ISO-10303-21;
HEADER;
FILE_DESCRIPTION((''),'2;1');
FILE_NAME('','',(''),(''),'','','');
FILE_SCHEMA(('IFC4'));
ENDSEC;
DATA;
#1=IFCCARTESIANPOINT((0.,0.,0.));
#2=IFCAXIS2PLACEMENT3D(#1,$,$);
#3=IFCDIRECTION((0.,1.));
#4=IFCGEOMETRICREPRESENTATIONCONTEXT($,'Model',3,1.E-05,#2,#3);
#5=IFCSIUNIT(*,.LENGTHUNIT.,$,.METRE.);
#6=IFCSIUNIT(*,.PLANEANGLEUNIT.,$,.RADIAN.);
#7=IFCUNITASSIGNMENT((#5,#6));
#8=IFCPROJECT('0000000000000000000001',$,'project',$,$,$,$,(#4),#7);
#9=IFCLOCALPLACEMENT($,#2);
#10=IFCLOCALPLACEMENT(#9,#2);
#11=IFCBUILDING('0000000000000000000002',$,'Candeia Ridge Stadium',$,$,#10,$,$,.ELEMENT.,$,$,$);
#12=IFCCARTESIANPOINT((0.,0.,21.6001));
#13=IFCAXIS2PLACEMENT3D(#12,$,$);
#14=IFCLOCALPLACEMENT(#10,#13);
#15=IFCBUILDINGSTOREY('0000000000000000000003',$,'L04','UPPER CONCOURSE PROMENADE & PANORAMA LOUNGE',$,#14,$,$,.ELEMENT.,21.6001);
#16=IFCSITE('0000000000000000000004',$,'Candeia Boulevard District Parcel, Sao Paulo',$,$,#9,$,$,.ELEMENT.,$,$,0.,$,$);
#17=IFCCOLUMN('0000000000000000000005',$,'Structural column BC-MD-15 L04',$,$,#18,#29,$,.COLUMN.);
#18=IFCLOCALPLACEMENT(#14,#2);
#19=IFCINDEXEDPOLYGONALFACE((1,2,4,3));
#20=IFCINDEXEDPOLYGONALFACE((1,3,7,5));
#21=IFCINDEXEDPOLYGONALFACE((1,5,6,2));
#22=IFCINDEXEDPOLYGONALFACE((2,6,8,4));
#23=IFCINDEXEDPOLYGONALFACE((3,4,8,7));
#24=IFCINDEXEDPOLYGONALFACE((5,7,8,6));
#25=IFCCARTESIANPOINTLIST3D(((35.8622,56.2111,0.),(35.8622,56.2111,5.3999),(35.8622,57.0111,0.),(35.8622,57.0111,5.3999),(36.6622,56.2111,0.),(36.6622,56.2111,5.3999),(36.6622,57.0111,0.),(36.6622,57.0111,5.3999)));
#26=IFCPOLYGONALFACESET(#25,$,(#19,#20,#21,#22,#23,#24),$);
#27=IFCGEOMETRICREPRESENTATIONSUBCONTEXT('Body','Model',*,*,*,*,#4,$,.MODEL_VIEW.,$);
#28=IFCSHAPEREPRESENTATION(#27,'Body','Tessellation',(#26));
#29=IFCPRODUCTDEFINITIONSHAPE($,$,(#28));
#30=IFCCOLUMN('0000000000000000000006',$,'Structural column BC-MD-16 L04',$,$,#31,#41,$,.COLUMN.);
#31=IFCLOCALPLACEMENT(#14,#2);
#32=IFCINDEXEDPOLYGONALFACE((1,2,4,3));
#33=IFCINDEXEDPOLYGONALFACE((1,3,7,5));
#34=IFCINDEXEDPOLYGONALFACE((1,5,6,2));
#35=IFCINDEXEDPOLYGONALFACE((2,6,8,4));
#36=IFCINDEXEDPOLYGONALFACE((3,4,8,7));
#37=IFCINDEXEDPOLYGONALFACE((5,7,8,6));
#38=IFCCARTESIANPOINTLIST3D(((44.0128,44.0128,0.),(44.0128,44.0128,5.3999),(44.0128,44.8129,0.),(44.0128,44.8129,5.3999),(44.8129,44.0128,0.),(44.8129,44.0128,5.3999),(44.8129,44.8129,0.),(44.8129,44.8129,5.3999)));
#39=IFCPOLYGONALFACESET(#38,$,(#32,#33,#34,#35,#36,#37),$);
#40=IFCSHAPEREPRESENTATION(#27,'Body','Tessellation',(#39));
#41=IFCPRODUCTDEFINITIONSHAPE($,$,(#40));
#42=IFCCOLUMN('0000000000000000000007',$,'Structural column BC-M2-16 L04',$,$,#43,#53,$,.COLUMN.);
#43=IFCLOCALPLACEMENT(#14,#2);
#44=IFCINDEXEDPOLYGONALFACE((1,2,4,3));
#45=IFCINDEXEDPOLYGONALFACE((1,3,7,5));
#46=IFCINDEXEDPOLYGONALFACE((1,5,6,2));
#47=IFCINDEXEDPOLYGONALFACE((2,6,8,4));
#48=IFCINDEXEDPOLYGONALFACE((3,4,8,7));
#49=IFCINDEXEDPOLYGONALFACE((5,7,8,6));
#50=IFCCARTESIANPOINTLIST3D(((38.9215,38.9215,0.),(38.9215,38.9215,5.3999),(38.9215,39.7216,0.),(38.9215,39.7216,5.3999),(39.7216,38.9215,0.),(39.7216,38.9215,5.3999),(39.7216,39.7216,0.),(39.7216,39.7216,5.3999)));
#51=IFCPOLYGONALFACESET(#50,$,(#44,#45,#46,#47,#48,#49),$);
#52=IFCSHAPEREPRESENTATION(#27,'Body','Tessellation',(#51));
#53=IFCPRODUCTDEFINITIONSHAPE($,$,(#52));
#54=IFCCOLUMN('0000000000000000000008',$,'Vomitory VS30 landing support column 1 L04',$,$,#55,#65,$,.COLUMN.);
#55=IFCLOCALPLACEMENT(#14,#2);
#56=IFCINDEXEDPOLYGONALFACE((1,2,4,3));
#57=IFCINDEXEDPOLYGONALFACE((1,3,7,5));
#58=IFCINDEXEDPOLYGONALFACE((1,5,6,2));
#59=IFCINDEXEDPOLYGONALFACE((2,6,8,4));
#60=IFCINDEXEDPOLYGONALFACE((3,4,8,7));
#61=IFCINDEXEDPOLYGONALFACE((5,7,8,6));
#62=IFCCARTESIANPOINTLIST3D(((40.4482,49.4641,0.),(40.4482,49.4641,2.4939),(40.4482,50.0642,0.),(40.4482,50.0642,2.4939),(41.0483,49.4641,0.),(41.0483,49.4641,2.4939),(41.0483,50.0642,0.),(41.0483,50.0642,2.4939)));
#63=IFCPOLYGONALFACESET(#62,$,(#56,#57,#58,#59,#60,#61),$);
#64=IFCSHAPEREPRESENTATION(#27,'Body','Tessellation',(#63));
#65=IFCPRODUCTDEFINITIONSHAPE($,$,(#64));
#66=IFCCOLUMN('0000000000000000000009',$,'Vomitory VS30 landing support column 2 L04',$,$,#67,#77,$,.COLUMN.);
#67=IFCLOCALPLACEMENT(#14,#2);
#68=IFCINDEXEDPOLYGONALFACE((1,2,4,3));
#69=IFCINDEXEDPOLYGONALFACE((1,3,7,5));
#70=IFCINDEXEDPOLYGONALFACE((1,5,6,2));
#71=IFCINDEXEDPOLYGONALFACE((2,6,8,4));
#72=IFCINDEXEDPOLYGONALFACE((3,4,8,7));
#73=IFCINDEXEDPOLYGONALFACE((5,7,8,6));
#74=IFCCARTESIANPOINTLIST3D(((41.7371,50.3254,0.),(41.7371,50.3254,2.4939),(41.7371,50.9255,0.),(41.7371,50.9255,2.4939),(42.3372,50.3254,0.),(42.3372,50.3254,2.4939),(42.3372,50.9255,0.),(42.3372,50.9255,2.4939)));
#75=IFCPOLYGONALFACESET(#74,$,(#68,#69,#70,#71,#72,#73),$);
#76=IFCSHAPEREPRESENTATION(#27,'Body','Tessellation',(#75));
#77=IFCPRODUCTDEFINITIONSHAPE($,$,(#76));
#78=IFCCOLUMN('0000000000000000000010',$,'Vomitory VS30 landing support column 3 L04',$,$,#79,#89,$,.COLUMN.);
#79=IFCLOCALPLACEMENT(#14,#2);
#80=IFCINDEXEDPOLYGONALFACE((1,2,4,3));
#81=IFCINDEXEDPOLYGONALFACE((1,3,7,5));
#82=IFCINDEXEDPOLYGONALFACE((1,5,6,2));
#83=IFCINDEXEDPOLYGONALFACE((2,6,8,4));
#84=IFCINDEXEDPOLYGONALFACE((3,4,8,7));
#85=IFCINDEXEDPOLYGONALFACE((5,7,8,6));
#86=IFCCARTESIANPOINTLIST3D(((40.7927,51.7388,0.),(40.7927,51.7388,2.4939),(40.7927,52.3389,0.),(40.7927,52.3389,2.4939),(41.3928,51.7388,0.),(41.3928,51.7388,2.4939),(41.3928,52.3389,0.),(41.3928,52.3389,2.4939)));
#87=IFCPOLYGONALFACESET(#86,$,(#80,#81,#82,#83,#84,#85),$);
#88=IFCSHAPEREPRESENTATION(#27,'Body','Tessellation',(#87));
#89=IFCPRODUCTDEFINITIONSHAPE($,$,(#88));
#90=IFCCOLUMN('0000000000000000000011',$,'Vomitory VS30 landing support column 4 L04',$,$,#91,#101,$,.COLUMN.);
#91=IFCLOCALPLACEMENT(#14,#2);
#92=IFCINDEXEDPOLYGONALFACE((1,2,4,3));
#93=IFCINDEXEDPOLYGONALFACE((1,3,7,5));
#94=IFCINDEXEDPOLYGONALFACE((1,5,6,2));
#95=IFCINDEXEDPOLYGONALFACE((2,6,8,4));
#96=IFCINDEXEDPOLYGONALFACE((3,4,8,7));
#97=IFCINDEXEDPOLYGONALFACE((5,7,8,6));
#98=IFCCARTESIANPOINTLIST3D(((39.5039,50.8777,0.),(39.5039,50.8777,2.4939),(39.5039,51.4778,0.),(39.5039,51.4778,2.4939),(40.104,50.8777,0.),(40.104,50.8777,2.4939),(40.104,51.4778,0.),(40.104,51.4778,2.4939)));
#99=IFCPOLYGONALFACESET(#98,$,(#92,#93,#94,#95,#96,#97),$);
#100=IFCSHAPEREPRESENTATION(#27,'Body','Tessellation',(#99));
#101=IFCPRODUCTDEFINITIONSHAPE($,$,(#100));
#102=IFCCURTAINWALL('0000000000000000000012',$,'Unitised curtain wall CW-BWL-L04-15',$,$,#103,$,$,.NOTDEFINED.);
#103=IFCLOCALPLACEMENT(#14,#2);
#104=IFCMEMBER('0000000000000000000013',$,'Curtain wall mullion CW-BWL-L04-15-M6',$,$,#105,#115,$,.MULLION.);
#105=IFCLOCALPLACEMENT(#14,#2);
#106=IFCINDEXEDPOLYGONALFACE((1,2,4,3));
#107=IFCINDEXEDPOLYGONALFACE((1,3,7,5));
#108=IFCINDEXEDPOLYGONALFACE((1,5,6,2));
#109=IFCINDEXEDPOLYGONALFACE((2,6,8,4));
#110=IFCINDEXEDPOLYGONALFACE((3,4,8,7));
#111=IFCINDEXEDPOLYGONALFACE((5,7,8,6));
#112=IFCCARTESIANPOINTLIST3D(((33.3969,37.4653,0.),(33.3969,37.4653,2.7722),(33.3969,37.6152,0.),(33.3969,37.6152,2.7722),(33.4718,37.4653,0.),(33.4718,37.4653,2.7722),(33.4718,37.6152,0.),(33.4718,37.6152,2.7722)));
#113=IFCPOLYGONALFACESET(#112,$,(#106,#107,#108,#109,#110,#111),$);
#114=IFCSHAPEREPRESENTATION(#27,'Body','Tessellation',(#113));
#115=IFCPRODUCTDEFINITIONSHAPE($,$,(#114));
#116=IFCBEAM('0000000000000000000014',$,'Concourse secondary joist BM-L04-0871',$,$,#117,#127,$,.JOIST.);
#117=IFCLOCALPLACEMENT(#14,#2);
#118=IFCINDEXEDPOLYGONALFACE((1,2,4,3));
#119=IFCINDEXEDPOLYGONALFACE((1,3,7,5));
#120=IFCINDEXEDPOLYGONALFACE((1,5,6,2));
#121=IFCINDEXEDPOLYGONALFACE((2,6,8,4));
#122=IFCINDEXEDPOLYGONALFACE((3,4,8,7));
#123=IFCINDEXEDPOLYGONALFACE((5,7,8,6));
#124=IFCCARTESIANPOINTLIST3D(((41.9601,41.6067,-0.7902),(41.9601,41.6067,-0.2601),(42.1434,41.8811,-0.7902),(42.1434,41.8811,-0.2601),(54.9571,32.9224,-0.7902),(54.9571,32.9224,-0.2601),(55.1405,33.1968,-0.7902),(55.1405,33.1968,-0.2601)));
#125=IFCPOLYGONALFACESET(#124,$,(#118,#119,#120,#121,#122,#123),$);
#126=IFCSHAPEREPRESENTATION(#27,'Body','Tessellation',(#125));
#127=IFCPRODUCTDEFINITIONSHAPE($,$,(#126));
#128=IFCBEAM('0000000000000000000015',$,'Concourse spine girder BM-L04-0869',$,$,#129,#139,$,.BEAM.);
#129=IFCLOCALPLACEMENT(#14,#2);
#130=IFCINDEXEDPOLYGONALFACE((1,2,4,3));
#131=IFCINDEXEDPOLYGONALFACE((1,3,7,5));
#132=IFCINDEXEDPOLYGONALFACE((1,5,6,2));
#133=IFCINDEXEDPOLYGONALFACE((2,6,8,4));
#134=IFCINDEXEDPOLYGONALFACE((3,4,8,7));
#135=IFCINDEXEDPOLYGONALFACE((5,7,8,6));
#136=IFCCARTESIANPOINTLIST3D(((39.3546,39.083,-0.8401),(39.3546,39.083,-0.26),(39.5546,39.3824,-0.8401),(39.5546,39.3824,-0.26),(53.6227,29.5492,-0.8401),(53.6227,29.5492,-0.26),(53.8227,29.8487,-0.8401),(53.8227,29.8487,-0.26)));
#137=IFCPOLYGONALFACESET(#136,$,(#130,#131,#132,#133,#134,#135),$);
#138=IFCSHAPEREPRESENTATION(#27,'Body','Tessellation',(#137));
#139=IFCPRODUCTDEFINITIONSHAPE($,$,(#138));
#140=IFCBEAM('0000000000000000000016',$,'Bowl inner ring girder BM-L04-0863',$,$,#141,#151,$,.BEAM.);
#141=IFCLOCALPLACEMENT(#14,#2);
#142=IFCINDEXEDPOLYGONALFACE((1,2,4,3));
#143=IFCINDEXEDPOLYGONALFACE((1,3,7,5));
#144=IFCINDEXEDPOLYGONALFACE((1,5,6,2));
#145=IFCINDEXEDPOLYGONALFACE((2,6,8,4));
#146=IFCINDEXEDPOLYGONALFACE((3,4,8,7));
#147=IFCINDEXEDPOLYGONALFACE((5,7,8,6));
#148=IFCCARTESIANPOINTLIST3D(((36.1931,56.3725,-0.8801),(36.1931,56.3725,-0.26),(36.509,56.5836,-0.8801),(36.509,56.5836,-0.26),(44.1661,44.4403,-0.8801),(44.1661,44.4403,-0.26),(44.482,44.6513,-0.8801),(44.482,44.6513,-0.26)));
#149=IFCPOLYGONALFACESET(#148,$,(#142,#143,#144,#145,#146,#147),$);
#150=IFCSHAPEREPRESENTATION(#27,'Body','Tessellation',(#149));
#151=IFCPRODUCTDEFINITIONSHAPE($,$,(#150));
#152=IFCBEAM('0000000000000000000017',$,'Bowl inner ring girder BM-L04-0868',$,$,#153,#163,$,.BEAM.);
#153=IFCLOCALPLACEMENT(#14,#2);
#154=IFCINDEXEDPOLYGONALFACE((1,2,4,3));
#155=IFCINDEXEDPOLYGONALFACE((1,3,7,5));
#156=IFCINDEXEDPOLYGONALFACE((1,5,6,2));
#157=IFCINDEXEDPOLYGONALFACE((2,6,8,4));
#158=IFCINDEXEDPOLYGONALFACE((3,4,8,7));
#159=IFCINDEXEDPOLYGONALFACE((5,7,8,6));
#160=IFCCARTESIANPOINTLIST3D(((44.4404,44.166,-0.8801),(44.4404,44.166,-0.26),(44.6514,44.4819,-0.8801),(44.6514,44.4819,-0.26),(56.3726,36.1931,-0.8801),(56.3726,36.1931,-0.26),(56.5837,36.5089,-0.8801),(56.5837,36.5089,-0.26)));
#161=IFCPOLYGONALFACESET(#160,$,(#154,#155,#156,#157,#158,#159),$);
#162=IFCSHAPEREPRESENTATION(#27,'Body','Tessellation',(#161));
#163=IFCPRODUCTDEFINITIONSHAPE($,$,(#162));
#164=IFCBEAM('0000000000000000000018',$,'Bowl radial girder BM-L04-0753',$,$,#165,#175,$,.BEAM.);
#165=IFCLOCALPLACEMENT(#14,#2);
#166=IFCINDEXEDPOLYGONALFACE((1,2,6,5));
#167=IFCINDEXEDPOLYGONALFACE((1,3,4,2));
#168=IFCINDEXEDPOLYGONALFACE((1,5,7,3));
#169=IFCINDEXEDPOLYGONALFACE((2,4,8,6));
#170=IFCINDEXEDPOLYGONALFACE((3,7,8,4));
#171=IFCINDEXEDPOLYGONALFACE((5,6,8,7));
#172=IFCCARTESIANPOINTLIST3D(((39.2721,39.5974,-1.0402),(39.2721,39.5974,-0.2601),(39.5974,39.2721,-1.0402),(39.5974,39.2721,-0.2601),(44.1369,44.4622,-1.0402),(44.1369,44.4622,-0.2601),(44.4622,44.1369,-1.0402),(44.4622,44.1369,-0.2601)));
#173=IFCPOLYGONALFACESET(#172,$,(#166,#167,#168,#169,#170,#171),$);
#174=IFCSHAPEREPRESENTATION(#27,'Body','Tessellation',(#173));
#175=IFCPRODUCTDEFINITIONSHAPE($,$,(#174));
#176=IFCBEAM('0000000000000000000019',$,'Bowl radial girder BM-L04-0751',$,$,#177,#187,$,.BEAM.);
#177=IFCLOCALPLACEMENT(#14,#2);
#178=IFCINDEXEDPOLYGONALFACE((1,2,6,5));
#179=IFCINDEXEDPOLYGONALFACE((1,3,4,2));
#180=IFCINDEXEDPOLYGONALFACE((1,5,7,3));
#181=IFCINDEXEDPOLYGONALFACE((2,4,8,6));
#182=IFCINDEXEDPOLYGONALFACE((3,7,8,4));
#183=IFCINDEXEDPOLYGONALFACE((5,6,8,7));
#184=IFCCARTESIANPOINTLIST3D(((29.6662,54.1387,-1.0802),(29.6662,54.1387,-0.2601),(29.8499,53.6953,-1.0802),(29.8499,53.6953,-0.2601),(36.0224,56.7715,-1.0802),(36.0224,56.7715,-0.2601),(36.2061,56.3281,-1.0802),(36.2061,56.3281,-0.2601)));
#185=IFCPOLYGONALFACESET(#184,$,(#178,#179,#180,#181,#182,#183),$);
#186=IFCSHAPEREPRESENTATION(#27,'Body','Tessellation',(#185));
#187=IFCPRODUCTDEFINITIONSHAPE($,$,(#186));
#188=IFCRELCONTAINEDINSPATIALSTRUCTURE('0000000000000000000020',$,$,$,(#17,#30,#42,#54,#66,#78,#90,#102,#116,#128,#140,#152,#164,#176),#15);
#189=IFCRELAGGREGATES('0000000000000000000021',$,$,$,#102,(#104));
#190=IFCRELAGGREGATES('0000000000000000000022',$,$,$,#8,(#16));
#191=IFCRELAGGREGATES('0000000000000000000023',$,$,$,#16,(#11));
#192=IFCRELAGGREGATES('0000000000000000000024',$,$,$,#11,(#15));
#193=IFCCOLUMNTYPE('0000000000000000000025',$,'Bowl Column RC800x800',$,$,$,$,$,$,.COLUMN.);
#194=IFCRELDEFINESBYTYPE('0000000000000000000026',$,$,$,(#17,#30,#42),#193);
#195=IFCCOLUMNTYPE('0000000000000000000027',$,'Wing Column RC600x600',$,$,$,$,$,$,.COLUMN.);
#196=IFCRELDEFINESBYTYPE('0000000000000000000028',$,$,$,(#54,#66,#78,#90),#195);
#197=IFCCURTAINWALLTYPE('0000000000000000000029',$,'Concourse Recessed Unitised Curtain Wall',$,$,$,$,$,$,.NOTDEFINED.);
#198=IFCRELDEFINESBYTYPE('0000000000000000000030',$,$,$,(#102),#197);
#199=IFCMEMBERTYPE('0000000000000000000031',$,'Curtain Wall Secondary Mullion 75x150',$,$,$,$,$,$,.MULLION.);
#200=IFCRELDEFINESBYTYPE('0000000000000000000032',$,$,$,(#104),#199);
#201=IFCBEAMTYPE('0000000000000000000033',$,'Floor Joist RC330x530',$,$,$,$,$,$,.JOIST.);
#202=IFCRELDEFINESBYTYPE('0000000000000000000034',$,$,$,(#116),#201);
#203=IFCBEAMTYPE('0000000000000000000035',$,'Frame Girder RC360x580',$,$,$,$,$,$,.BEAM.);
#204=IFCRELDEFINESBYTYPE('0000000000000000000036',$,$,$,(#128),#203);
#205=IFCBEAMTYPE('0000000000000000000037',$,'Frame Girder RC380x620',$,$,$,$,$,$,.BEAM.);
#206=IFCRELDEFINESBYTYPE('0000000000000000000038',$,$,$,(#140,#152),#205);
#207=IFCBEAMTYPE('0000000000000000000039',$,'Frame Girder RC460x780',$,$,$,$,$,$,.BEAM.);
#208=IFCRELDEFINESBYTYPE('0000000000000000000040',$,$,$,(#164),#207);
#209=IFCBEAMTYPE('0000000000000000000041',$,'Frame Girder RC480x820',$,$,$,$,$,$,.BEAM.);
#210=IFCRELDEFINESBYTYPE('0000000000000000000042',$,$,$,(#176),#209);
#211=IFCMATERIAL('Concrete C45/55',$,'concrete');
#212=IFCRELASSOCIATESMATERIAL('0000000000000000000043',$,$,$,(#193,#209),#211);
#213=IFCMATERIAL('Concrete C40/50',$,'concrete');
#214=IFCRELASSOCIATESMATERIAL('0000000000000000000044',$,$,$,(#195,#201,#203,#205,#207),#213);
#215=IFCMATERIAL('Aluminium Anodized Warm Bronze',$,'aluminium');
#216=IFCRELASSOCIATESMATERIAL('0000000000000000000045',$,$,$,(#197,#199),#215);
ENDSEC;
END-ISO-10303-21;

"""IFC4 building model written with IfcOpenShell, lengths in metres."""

from ifc_helpers import new_model, si_unit, direction, frame, origin, origin_2d, place, context, subcontext, project, spatial, rectangle, extrude, material, material_profile, profile_set, type_object, element, aggregate, save


model = new_model("IFC4")

# Units and contexts
model_context = context("Model", 3, precision=1e-05, world=origin(), true_north=direction((0.0, 1.0)))
body_context = subcontext(model_context, "Body", "Model", "MODEL_VIEW")
ifc_project = project(units=[si_unit("LENGTHUNIT", "METRE"), si_unit("PLANEANGLEUNIT", "RADIAN")], contexts=[model_context])

# Site, building, storey
site_placement = place(None, origin())
site = spatial("IfcSite", under=ifc_project, at=site_placement, Name="Candeia Boulevard District Parcel, Sao Paulo", CompositionType="ELEMENT", RefElevation=0.0)
building_placement = place(site_placement, origin())
building = spatial("IfcBuilding", under=site, at=building_placement, Name="Candeia Ridge Stadium", CompositionType="ELEMENT")
storey_placement = place(building_placement, frame((0.0, 0.0, 21.6001)))
storey = spatial("IfcBuildingStorey", under=building, at=storey_placement, Name="L04", Description="UPPER CONCOURSE PROMENADE & PANORAMA LOUNGE", CompositionType="ELEMENT", Elevation=21.6001)

# Columns
ifc_material_1 = material(Name="Concrete C45/55", Category="concrete")
ifc_material_profile_1 = material_profile(ifc_material_1, rectangle(XDim=0.8, YDim=0.8, at=origin_2d()), Name="RC800x800", Category="concrete")
ifc_profile_set_1 = profile_set([ifc_material_profile_1], Name="Concrete C45/55")
column_type_1 = type_object("IfcColumnType", Name="Bowl Column RC800x800", PredefinedType="COLUMN", material=ifc_profile_set_1)
for number, where, z_axis, x_axis, name in (
    (1, (36.2622, 56.6111, 0.0), (0.0, 0.0, 1.0), (1.0, 0.0, 0.0), "Structural column BC-MD-15 L04"),
    (2, (44.4128, 44.4128, 0.0), (0.0, 0.0, 1.0), (1.0, 0.0, 0.0), "Structural column BC-MD-16 L04"),
    (3, (39.3215, 39.3215, 0.0), (0.0, 0.0, 1.0), (1.0, 0.0, 0.0), "Structural column BC-M2-16 L04"),
):
    element("IfcColumn", number, at=place(storey_placement, frame(where, z_axis=z_axis, x_axis=x_axis)), inside=storey, type_object=column_type_1, Name=name, PredefinedType="COLUMN", context=body_context, shape_type="SweptSolid", body=[
        extrude(rectangle(XDim=0.8, YDim=0.8, at=origin_2d()), origin(), (0.0, 0.0, 1.0), 5.3999),
    ])
ifc_material_2 = material(Name="Concrete C40/50", Category="concrete")
ifc_material_profile_2 = material_profile(ifc_material_2, rectangle(XDim=0.6001, YDim=0.6001, at=origin_2d()), Name="RC600x600", Category="concrete")
ifc_profile_set_2 = profile_set([ifc_material_profile_2], Name="Concrete C40/50")
column_type_2 = type_object("IfcColumnType", Name="Wing Column RC600x600", PredefinedType="COLUMN", material=ifc_profile_set_2)
for number, where, z_axis, x_axis, name in (
    (4, (40.7483, 49.7642, 0.0), (0.0, 0.0, 1.0), (1.0, 0.0, 0.0), "Vomitory VS30 landing support column 1 L04"),
    (5, (42.0371, 50.6255, 0.0), (0.0, 0.0, 1.0), (1.0, 0.0, 0.0), "Vomitory VS30 landing support column 2 L04"),
    (6, (41.0928, 52.0388, 0.0), (0.0, 0.0, 1.0), (1.0, 0.0, 0.0), "Vomitory VS30 landing support column 3 L04"),
    (7, (39.804, 51.1777, 0.0), (0.0, 0.0, 1.0), (1.0, 0.0, 0.0), "Vomitory VS30 landing support column 4 L04"),
):
    element("IfcColumn", number, at=place(storey_placement, frame(where, z_axis=z_axis, x_axis=x_axis)), inside=storey, type_object=column_type_2, Name=name, PredefinedType="COLUMN", context=body_context, shape_type="SweptSolid", body=[
        extrude(rectangle(XDim=0.6001, YDim=0.6001, at=origin_2d()), origin(), (0.0, 0.0, 1.0), 2.4939),
    ])

# Curtain wall, member
ifc_material_3 = material(Name="Aluminium Anodized Warm Bronze", Category="aluminium")
curtain_wall_type = type_object("IfcCurtainWallType", Name="Concourse Recessed Unitised Curtain Wall", PredefinedType="NOTDEFINED", material=ifc_material_3)
curtain_wall_placement = place(storey_placement, origin())
curtain_wall = element("IfcCurtainWall", 8, at=curtain_wall_placement, inside=storey, type_object=curtain_wall_type, Name="Unitised curtain wall CW-BWL-L04-15", PredefinedType="NOTDEFINED")
ifc_material_profile_3 = material_profile(ifc_material_3, rectangle(XDim=0.075, YDim=0.1499, at=origin_2d()), Name="CWM-75x150", Category="aluminium")
ifc_profile_set_3 = profile_set([ifc_material_profile_3], Name="Aluminium Anodized Warm Bronze")
member_type = type_object("IfcMemberType", Name="Curtain Wall Secondary Mullion 75x150", PredefinedType="MULLION", material=ifc_profile_set_3)
member_placement = place(storey_placement, frame((33.4343, 37.5403, 0.0), z_axis=(0.0, 0.0, 1.0), x_axis=(1.0, 0.0, 0.0)))
member = element("IfcMember", 9, at=member_placement, type_object=member_type, Name="Curtain wall mullion CW-BWL-L04-15-M6", PredefinedType="MULLION", context=body_context, shape_type="SweptSolid", body=[
    extrude(rectangle(XDim=0.075, YDim=0.1499, at=origin_2d()), origin(), (0.0, 0.0, 1.0), 2.7722),
])
aggregate(curtain_wall, [member])

# Beams
ifc_material_profile_4 = material_profile(ifc_material_2, rectangle(XDim=0.3301, YDim=0.53, at=origin_2d()), Name="RC330x530", Category="concrete")
ifc_profile_set_4 = profile_set([ifc_material_profile_4], Name="Concrete C40/50")
beam_type_1 = type_object("IfcBeamType", Name="Floor Joist RC330x530", PredefinedType="JOIST", material=ifc_profile_set_4)
beam_1_placement = place(storey_placement, frame((42.0518, 41.7439, -0.5251), z_axis=(0.831471, -0.555569, 0.0), x_axis=(0.555569, 0.831471, 0.0)))
element("IfcBeam", 10, at=beam_1_placement, inside=storey, type_object=beam_type_1, Name="Concourse secondary joist BM-L04-0871", PredefinedType="JOIST", context=body_context, shape_type="SweptSolid", body=[
    extrude(rectangle(XDim=0.3301, YDim=0.53, at=origin_2d()), origin(), (0.0, 0.0, 1.0), 15.6313),
])
ifc_material_profile_5 = material_profile(ifc_material_2, rectangle(XDim=0.3601, YDim=0.5801, at=origin_2d()), Name="RC360x580", Category="concrete")
ifc_profile_set_5 = profile_set([ifc_material_profile_5], Name="Concrete C40/50")
beam_type_2 = type_object("IfcBeamType", Name="Frame Girder RC360x580", PredefinedType="BEAM", material=ifc_profile_set_5)
beam_2_placement = place(storey_placement, frame((39.4546, 39.2327, -0.55), z_axis=(0.831468, -0.555573, 0.0), x_axis=(0.555573, 0.831468, 0.0)))
element("IfcBeam", 11, at=beam_2_placement, inside=storey, type_object=beam_type_2, Name="Concourse spine girder BM-L04-0869", PredefinedType="BEAM", context=body_context, shape_type="SweptSolid", body=[
    extrude(rectangle(XDim=0.3601, YDim=0.5801, at=origin_2d()), origin(), (0.0, 0.0, 1.0), 17.1602),
])
ifc_material_profile_6 = material_profile(ifc_material_2, rectangle(XDim=0.3799, YDim=0.6201, at=origin_2d()), Name="RC380x620", Category="concrete")
ifc_profile_set_6 = profile_set([ifc_material_profile_6], Name="Concrete C40/50")
beam_type_3 = type_object("IfcBeamType", Name="Frame Girder RC380x620", PredefinedType="BEAM", material=ifc_profile_set_6)
for number, where, z_axis, x_axis, name in (
    (12, (36.3511, 56.478, -0.5701), (0.555575, -0.831466, 0.0), (0.831466, 0.555575, 0.0), "Bowl inner ring girder BM-L04-0863"),
    (13, (44.5459, 44.324, -0.5701), (0.831466, -0.555575, 0.0), (0.555575, 0.831466, 0.0), "Bowl inner ring girder BM-L04-0868"),
):
    element("IfcBeam", number, at=place(storey_placement, frame(where, z_axis=z_axis, x_axis=x_axis)), inside=storey, type_object=beam_type_3, Name=name, PredefinedType="BEAM", context=body_context, shape_type="SweptSolid", body=[
        extrude(rectangle(XDim=0.3799, YDim=0.6201, at=origin_2d()), origin(), (0.0, 0.0, 1.0), 14.3508),
    ])
ifc_material_profile_7 = material_profile(ifc_material_2, rectangle(XDim=0.46, YDim=0.78, at=origin_2d()), Name="RC460x780", Category="concrete")
ifc_profile_set_7 = profile_set([ifc_material_profile_7], Name="Concrete C40/50")
beam_type_4 = type_object("IfcBeamType", Name="Frame Girder RC460x780", PredefinedType="BEAM", material=ifc_profile_set_7)
beam_3_placement = place(storey_placement, frame((44.2996, 44.2996, -0.6501), z_axis=(-0.707107, -0.707107, 0.0), x_axis=(0.707107, -0.707107, 0.0)))
element("IfcBeam", 14, at=beam_3_placement, inside=storey, type_object=beam_type_4, Name="Bowl radial girder BM-L04-0753", PredefinedType="BEAM", context=body_context, shape_type="SweptSolid", body=[
    extrude(rectangle(XDim=0.46, YDim=0.78, at=origin_2d()), origin(), (0.0, 0.0, 1.0), 6.8799),
])
ifc_material_profile_8 = material_profile(ifc_material_1, rectangle(XDim=0.48, YDim=0.8201, at=origin_2d()), Name="RC480x820", Category="concrete")
ifc_profile_set_8 = profile_set([ifc_material_profile_8], Name="Concrete C45/55")
beam_type_5 = type_object("IfcBeamType", Name="Frame Girder RC480x820", PredefinedType="BEAM", material=ifc_profile_set_8)
beam_4_placement = place(storey_placement, frame((36.1143, 56.5498, -0.6702), z_axis=(-0.92388, -0.382682, 0.0), x_axis=(0.382682, -0.92388, 0.0)))
element("IfcBeam", 15, at=beam_4_placement, inside=storey, type_object=beam_type_5, Name="Bowl radial girder BM-L04-0751", PredefinedType="BEAM", context=body_context, shape_type="SweptSolid", body=[
    extrude(rectangle(XDim=0.48, YDim=0.8201, at=origin_2d()), origin(), (0.0, 0.0, 1.0), 6.8799),
])

save(model, "model.ifc")
